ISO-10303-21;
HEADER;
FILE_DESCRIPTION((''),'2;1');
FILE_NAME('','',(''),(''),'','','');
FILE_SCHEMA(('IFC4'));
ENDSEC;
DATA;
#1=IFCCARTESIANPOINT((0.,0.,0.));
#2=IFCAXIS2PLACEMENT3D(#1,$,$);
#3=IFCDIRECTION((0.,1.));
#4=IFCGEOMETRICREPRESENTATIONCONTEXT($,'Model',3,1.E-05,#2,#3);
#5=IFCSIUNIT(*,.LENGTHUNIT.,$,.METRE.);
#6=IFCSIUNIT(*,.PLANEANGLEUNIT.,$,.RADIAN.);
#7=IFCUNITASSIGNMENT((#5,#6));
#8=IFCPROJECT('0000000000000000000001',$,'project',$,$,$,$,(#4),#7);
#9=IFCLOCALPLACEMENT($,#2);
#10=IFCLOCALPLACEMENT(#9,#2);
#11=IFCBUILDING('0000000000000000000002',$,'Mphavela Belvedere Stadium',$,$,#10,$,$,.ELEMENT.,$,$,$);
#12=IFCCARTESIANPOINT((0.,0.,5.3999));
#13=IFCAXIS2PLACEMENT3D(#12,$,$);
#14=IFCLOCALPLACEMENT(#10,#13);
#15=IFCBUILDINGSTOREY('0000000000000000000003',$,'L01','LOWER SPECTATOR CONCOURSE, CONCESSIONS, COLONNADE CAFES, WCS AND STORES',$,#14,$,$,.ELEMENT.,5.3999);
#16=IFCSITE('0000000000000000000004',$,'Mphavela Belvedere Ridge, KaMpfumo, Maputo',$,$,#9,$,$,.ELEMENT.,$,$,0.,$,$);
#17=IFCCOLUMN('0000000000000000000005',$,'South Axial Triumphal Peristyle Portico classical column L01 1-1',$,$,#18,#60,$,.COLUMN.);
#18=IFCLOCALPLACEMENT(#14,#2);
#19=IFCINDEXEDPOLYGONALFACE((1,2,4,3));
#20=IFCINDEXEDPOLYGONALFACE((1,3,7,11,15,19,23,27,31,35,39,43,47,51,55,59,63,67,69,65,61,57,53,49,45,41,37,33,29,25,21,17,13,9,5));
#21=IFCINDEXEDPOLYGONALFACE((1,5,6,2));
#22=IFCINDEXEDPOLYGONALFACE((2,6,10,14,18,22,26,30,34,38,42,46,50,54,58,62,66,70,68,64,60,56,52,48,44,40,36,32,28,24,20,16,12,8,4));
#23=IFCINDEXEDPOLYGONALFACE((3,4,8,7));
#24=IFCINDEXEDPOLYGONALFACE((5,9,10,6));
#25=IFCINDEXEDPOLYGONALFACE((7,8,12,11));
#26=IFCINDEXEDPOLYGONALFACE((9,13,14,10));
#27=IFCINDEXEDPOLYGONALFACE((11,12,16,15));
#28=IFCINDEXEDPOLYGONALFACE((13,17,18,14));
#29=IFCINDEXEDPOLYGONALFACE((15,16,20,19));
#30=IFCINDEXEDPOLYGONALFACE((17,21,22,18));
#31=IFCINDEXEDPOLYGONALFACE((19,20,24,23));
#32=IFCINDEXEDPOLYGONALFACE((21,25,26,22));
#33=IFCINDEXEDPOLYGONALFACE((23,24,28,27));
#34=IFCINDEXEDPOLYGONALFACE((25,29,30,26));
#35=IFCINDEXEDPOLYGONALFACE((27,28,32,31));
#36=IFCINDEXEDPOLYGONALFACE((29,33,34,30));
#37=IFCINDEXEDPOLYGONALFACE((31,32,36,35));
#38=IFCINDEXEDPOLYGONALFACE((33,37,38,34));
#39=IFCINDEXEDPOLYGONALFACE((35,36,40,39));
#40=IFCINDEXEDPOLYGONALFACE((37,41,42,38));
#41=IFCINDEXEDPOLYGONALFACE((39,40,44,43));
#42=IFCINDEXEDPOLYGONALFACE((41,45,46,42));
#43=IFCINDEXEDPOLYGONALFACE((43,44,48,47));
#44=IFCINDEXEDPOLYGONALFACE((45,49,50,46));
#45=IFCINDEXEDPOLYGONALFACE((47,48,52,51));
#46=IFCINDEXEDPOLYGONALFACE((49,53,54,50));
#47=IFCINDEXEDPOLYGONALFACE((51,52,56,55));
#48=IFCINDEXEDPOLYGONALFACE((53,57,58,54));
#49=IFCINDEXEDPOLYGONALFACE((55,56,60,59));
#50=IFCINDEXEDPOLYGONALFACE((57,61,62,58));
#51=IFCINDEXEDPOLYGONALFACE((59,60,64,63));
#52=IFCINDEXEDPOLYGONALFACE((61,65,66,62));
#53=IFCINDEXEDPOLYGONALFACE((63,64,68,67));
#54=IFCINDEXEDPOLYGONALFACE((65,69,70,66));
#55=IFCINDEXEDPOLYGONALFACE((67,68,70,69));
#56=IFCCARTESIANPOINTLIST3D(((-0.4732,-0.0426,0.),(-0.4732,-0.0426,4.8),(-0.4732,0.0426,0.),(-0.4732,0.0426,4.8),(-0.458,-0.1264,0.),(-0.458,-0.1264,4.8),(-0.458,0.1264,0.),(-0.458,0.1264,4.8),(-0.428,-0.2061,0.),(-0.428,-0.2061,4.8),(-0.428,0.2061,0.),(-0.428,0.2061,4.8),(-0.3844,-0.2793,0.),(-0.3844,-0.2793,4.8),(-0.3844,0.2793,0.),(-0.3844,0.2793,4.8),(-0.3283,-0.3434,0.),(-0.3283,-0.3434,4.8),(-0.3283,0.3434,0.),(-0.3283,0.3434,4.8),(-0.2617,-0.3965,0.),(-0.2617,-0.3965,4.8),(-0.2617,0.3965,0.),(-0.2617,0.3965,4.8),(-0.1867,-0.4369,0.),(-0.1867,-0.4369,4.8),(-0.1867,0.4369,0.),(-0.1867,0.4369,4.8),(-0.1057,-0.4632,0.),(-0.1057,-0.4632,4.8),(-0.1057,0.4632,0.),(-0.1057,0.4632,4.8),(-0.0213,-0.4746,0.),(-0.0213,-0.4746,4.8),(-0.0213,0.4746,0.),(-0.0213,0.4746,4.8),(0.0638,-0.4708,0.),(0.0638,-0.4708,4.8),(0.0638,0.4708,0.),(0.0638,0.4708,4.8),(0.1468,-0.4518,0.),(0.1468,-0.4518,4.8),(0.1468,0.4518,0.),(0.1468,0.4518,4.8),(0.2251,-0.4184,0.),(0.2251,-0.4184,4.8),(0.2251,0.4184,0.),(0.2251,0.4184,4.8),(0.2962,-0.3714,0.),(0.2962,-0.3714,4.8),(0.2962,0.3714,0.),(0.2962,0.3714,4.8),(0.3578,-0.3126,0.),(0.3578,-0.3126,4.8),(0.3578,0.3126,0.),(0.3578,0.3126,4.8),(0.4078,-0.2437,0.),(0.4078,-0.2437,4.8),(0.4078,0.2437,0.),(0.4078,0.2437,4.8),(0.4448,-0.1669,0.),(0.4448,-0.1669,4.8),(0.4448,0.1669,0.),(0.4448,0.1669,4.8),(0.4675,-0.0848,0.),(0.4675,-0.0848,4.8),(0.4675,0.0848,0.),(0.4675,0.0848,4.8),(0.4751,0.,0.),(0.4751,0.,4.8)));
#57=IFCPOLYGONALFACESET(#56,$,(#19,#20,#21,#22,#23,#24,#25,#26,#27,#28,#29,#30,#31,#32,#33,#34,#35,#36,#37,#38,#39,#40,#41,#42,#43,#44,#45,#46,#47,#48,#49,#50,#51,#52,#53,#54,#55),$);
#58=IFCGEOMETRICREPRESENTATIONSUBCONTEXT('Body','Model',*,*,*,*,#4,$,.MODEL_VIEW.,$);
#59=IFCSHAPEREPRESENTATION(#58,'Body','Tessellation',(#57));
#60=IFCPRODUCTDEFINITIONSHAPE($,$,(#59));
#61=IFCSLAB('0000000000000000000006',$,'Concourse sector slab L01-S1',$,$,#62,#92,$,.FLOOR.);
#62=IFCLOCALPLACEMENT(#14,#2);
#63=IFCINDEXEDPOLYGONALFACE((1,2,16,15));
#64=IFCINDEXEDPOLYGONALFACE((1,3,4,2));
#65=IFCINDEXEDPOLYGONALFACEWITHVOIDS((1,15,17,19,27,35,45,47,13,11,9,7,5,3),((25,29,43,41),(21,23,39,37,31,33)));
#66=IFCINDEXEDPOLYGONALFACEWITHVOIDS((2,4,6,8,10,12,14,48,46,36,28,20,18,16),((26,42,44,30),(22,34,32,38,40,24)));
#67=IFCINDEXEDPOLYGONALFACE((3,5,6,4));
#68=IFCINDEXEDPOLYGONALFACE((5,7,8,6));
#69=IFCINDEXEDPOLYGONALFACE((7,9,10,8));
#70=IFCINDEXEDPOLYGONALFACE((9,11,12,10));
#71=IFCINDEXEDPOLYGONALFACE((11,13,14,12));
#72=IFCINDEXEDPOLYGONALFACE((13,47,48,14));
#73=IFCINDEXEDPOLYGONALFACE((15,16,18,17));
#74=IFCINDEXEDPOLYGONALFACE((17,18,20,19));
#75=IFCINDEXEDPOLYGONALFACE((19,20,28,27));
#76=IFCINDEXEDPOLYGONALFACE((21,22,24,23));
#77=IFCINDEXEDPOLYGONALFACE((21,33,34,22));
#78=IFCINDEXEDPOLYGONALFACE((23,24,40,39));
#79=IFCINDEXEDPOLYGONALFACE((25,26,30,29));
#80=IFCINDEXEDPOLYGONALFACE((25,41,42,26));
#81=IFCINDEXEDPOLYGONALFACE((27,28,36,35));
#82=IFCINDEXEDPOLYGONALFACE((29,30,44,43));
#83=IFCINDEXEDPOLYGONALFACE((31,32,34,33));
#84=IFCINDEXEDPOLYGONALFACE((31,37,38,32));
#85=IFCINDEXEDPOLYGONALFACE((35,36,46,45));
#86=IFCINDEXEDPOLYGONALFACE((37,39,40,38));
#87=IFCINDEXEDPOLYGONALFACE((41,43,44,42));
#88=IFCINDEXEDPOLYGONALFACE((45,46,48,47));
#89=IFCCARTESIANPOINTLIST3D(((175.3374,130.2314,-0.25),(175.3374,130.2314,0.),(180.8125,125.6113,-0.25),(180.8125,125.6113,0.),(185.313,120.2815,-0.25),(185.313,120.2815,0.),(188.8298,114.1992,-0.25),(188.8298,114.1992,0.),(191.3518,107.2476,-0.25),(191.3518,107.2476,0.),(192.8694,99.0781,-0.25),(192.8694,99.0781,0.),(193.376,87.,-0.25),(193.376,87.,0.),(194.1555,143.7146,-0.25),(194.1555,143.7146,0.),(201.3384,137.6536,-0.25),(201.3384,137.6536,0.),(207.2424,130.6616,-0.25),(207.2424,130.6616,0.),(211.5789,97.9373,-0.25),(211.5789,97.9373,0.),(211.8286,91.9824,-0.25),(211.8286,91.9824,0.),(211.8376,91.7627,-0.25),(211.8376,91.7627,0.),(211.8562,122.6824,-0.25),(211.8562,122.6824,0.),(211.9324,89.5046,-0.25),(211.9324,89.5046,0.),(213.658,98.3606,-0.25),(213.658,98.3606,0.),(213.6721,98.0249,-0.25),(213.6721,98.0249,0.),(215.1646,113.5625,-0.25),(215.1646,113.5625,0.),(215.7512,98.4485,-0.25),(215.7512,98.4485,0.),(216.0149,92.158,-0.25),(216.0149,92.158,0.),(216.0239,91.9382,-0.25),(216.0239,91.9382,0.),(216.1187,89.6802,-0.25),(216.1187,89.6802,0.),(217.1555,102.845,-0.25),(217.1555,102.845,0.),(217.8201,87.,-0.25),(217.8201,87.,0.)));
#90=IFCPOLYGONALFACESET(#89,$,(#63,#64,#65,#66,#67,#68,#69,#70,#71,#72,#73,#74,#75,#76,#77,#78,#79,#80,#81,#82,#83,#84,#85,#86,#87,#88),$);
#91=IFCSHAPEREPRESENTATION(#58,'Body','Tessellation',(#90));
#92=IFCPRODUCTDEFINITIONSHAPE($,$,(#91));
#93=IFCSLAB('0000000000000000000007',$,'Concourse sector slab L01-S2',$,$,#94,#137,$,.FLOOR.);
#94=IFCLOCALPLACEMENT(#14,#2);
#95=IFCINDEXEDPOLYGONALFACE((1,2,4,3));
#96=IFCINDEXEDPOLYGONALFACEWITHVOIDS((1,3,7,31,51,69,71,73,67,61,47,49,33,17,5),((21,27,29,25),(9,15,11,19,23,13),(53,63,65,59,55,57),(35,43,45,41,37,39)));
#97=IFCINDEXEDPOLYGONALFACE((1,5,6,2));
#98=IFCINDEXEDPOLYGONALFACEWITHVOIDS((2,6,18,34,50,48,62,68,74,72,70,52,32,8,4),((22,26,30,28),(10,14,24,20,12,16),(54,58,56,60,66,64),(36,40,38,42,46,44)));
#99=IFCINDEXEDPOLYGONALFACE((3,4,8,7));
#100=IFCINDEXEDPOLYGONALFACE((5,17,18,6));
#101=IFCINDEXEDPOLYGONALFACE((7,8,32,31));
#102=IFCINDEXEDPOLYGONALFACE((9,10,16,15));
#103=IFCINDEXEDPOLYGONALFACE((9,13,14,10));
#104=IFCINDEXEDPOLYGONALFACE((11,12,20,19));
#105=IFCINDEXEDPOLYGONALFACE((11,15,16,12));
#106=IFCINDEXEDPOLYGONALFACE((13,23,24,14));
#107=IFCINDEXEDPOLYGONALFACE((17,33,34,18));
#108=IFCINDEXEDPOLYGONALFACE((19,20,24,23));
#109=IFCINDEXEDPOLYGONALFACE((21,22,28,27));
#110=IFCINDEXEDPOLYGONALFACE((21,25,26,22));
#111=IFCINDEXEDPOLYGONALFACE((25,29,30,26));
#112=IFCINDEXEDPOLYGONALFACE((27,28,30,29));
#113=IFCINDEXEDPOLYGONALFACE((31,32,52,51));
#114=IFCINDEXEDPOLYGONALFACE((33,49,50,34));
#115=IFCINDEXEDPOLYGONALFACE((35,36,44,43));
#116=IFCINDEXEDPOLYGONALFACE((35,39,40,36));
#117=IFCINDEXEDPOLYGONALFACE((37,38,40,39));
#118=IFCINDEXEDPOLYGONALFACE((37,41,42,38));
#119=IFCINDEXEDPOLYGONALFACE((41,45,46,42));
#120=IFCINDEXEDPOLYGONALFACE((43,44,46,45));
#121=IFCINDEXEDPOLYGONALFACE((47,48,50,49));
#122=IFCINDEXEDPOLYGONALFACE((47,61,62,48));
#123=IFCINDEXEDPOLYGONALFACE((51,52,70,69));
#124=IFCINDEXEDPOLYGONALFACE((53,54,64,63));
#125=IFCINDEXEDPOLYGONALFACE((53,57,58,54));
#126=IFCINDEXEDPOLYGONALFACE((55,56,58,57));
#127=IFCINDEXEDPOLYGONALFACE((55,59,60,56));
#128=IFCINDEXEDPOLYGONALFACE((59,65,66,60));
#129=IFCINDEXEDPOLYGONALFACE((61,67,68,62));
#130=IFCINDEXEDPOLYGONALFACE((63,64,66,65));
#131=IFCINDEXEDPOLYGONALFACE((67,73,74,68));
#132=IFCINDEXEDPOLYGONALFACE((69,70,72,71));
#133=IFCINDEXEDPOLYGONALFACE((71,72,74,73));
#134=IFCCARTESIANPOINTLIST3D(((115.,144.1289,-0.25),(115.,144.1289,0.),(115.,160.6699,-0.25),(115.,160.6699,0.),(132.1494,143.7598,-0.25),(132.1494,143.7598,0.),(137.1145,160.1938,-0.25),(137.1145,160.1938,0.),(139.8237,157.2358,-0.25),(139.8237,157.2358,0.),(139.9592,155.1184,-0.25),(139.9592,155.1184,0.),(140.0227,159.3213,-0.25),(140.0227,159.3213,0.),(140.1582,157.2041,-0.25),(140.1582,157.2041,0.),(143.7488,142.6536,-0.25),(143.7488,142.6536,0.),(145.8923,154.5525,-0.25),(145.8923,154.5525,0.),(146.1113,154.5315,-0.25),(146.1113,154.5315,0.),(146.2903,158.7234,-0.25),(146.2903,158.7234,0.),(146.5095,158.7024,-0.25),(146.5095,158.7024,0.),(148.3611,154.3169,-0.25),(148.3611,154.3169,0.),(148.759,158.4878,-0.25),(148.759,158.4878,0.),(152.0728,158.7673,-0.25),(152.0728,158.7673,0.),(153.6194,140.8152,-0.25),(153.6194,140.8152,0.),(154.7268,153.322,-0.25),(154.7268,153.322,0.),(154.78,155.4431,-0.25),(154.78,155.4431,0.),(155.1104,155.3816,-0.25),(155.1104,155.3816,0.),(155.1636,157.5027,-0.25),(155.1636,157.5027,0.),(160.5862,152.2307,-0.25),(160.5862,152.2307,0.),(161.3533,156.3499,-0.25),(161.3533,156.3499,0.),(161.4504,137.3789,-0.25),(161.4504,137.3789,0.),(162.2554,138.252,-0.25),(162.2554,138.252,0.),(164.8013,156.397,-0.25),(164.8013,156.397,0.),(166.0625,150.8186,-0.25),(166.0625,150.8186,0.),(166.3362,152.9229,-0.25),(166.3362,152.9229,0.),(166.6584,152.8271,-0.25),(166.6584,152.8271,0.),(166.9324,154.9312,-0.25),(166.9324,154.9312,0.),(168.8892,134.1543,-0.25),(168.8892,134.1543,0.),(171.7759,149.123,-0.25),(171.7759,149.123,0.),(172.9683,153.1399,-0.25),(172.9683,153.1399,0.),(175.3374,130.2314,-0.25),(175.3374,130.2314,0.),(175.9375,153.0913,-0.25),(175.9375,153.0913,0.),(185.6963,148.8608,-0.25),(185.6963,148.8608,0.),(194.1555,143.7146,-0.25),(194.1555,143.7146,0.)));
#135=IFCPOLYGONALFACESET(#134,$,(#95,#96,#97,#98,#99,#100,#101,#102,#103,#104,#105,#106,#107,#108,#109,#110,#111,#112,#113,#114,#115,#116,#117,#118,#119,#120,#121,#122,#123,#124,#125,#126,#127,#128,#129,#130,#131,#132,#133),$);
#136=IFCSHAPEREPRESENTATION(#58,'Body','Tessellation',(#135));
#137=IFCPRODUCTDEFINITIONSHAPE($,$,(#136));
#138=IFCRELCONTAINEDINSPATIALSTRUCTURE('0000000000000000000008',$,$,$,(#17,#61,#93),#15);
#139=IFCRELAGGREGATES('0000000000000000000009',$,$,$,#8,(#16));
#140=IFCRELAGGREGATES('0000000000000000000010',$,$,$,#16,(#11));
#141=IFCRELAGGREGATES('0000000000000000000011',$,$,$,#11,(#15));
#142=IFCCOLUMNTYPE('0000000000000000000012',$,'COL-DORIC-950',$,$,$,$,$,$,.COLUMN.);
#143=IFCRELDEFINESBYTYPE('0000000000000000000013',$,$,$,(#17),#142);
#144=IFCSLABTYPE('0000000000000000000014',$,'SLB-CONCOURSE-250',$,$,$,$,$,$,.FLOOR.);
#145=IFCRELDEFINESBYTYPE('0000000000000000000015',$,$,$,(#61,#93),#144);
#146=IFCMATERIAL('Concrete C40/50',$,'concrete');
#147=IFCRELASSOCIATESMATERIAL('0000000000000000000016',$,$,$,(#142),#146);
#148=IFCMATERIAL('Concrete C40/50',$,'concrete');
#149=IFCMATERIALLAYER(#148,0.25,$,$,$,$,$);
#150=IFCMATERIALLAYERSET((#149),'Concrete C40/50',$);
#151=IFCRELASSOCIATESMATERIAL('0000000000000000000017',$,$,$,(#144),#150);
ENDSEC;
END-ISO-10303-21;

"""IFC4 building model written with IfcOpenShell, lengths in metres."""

from ifc_helpers import new_model, si_unit, direction, frame, origin, origin_with_axes, origin_2d, place, context, subcontext, project, spatial, polyline, circle, outline, extrude, material, layer, layer_set, material_profile, profile_set, type_object, element, save


model = new_model("IFC4")

# Units and contexts
model_context = context("Model", 3, precision=1e-05, world=origin(), true_north=direction((0.0, 1.0)))
body_context = subcontext(model_context, "Body", "Model", "MODEL_VIEW")
ifc_project = project(units=[si_unit("LENGTHUNIT", "METRE"), si_unit("PLANEANGLEUNIT", "RADIAN")], contexts=[model_context])

# Site, building, storey
site_placement = place(None, origin())
site = spatial("IfcSite", under=ifc_project, at=site_placement, Name="Mphavela Belvedere Ridge, KaMpfumo, Maputo", CompositionType="ELEMENT", RefElevation=0.0)
building_placement = place(site_placement, origin())
building = spatial("IfcBuilding", under=site, at=building_placement, Name="Mphavela Belvedere Stadium", CompositionType="ELEMENT")
storey_placement = place(building_placement, frame((0.0, 0.0, 5.3999)))
storey = spatial("IfcBuildingStorey", under=building, at=storey_placement, Name="L01", Description="LOWER SPECTATOR CONCOURSE, CONCESSIONS, COLONNADE CAFES, WCS AND STORES", CompositionType="ELEMENT", Elevation=5.3999)

# Column
ifc_material_1 = material(Name="Concrete C40/50", Category="concrete")
ifc_material_profile = material_profile(ifc_material_1, circle(Radius=0.4751, at=origin_2d()), Name="COL D950")
ifc_profile_set = profile_set([ifc_material_profile], Name="Concrete C40/50")
column_type = type_object("IfcColumnType", Name="COL-DORIC-950", PredefinedType="COLUMN", material=ifc_profile_set)
column_placement = place(storey_placement, origin_with_axes())
element("IfcColumn", 1, at=column_placement, inside=storey, type_object=column_type, Name="South Axial Triumphal Peristyle Portico classical column L01 1-1", PredefinedType="COLUMN", context=body_context, shape_type="SweptSolid", body=[
    extrude(circle(Radius=0.4751, at=origin_2d()), origin(), (0.0, 0.0, 1.0), 4.8),
])

# Slabs
ifc_material_2 = material(Name="Concrete C40/50", Category="concrete")
ifc_layer_1 = layer(ifc_material_2, 0.25)
ifc_layer_set_1 = layer_set([ifc_layer_1], Name="Concrete C40/50")
slab_type_1 = type_object("IfcSlabType", Name="SLB-CONCOURSE-250", PredefinedType="FLOOR", material=ifc_layer_set_1)
slab_1_placement = place(storey_placement, frame((0.0, 0.0, -0.25)))
element("IfcSlab", 2, at=slab_1_placement, inside=storey, type_object=slab_type_1, Name="Concourse sector slab L01-S1", PredefinedType="FLOOR", context=body_context, shape_type="SweptSolid", body=[
    extrude(outline(polyline([(194.1555, 143.7146), (201.3384, 137.6536), (207.2424, 130.6616), (211.8562, 122.6824), (215.1646, 113.5625), (217.1555, 102.845), (217.8201, 87.0), (193.376, 87.0), (192.8694, 99.0781), (191.3518, 107.2476), (188.8298, 114.1992), (185.313, 120.2815), (180.8125, 125.6113), (175.3374, 130.2314), (194.1555, 143.7146)]), holes=[polyline([(216.0149, 92.158), (215.7512, 98.4485), (213.658, 98.3606), (213.6721, 98.0249), (211.5789, 97.9373), (211.8286, 91.9824), (216.0149, 92.158)]), polyline([(216.1187, 89.6802), (216.0239, 91.9382), (211.8376, 91.7627), (211.9324, 89.5046), (216.1187, 89.6802)])]), origin(), (0.0, 0.0, 1.0), 0.25),
])
slab_2_placement = place(storey_placement, frame((0.0, 0.0, -0.25)))
element("IfcSlab", 3, at=slab_2_placement, inside=storey, type_object=slab_type_1, Name="Concourse sector slab L01-S2", PredefinedType="FLOOR", context=body_context, shape_type="SweptSolid", body=[
    extrude(outline(polyline([(137.1145, 160.1938), (152.0728, 158.7673), (164.8013, 156.397), (175.9375, 153.0913), (185.6963, 148.8608), (194.1555, 143.7146), (175.3374, 130.2314), (168.8892, 134.1543), (161.4504, 137.3789), (162.2554, 138.252), (153.6194, 140.8152), (143.7488, 142.6536), (132.1494, 143.7598), (115.0, 144.1289), (115.0, 160.6699), (137.1145, 160.1938)]), holes=[polyline([(139.8237, 157.2358), (140.1582, 157.2041), (139.9592, 155.1184), (145.8923, 154.5525), (146.2903, 158.7234), (140.0227, 159.3213), (139.8237, 157.2358)]), polyline([(146.1113, 154.5315), (148.3611, 154.3169), (148.759, 158.4878), (146.5095, 158.7024), (146.1113, 154.5315)]), polyline([(172.9683, 153.1399), (166.9324, 154.9312), (166.3362, 152.9229), (166.6584, 152.8271), (166.0625, 150.8186), (171.7759, 149.123), (172.9683, 153.1399)]), polyline([(160.5862, 152.2307), (161.3533, 156.3499), (155.1636, 157.5027), (154.78, 155.4431), (155.1104, 155.3816), (154.7268, 153.322), (160.5862, 152.2307)])]), origin(), (0.0, 0.0, 1.0), 0.25),
])

save(model, "model.ifc")
